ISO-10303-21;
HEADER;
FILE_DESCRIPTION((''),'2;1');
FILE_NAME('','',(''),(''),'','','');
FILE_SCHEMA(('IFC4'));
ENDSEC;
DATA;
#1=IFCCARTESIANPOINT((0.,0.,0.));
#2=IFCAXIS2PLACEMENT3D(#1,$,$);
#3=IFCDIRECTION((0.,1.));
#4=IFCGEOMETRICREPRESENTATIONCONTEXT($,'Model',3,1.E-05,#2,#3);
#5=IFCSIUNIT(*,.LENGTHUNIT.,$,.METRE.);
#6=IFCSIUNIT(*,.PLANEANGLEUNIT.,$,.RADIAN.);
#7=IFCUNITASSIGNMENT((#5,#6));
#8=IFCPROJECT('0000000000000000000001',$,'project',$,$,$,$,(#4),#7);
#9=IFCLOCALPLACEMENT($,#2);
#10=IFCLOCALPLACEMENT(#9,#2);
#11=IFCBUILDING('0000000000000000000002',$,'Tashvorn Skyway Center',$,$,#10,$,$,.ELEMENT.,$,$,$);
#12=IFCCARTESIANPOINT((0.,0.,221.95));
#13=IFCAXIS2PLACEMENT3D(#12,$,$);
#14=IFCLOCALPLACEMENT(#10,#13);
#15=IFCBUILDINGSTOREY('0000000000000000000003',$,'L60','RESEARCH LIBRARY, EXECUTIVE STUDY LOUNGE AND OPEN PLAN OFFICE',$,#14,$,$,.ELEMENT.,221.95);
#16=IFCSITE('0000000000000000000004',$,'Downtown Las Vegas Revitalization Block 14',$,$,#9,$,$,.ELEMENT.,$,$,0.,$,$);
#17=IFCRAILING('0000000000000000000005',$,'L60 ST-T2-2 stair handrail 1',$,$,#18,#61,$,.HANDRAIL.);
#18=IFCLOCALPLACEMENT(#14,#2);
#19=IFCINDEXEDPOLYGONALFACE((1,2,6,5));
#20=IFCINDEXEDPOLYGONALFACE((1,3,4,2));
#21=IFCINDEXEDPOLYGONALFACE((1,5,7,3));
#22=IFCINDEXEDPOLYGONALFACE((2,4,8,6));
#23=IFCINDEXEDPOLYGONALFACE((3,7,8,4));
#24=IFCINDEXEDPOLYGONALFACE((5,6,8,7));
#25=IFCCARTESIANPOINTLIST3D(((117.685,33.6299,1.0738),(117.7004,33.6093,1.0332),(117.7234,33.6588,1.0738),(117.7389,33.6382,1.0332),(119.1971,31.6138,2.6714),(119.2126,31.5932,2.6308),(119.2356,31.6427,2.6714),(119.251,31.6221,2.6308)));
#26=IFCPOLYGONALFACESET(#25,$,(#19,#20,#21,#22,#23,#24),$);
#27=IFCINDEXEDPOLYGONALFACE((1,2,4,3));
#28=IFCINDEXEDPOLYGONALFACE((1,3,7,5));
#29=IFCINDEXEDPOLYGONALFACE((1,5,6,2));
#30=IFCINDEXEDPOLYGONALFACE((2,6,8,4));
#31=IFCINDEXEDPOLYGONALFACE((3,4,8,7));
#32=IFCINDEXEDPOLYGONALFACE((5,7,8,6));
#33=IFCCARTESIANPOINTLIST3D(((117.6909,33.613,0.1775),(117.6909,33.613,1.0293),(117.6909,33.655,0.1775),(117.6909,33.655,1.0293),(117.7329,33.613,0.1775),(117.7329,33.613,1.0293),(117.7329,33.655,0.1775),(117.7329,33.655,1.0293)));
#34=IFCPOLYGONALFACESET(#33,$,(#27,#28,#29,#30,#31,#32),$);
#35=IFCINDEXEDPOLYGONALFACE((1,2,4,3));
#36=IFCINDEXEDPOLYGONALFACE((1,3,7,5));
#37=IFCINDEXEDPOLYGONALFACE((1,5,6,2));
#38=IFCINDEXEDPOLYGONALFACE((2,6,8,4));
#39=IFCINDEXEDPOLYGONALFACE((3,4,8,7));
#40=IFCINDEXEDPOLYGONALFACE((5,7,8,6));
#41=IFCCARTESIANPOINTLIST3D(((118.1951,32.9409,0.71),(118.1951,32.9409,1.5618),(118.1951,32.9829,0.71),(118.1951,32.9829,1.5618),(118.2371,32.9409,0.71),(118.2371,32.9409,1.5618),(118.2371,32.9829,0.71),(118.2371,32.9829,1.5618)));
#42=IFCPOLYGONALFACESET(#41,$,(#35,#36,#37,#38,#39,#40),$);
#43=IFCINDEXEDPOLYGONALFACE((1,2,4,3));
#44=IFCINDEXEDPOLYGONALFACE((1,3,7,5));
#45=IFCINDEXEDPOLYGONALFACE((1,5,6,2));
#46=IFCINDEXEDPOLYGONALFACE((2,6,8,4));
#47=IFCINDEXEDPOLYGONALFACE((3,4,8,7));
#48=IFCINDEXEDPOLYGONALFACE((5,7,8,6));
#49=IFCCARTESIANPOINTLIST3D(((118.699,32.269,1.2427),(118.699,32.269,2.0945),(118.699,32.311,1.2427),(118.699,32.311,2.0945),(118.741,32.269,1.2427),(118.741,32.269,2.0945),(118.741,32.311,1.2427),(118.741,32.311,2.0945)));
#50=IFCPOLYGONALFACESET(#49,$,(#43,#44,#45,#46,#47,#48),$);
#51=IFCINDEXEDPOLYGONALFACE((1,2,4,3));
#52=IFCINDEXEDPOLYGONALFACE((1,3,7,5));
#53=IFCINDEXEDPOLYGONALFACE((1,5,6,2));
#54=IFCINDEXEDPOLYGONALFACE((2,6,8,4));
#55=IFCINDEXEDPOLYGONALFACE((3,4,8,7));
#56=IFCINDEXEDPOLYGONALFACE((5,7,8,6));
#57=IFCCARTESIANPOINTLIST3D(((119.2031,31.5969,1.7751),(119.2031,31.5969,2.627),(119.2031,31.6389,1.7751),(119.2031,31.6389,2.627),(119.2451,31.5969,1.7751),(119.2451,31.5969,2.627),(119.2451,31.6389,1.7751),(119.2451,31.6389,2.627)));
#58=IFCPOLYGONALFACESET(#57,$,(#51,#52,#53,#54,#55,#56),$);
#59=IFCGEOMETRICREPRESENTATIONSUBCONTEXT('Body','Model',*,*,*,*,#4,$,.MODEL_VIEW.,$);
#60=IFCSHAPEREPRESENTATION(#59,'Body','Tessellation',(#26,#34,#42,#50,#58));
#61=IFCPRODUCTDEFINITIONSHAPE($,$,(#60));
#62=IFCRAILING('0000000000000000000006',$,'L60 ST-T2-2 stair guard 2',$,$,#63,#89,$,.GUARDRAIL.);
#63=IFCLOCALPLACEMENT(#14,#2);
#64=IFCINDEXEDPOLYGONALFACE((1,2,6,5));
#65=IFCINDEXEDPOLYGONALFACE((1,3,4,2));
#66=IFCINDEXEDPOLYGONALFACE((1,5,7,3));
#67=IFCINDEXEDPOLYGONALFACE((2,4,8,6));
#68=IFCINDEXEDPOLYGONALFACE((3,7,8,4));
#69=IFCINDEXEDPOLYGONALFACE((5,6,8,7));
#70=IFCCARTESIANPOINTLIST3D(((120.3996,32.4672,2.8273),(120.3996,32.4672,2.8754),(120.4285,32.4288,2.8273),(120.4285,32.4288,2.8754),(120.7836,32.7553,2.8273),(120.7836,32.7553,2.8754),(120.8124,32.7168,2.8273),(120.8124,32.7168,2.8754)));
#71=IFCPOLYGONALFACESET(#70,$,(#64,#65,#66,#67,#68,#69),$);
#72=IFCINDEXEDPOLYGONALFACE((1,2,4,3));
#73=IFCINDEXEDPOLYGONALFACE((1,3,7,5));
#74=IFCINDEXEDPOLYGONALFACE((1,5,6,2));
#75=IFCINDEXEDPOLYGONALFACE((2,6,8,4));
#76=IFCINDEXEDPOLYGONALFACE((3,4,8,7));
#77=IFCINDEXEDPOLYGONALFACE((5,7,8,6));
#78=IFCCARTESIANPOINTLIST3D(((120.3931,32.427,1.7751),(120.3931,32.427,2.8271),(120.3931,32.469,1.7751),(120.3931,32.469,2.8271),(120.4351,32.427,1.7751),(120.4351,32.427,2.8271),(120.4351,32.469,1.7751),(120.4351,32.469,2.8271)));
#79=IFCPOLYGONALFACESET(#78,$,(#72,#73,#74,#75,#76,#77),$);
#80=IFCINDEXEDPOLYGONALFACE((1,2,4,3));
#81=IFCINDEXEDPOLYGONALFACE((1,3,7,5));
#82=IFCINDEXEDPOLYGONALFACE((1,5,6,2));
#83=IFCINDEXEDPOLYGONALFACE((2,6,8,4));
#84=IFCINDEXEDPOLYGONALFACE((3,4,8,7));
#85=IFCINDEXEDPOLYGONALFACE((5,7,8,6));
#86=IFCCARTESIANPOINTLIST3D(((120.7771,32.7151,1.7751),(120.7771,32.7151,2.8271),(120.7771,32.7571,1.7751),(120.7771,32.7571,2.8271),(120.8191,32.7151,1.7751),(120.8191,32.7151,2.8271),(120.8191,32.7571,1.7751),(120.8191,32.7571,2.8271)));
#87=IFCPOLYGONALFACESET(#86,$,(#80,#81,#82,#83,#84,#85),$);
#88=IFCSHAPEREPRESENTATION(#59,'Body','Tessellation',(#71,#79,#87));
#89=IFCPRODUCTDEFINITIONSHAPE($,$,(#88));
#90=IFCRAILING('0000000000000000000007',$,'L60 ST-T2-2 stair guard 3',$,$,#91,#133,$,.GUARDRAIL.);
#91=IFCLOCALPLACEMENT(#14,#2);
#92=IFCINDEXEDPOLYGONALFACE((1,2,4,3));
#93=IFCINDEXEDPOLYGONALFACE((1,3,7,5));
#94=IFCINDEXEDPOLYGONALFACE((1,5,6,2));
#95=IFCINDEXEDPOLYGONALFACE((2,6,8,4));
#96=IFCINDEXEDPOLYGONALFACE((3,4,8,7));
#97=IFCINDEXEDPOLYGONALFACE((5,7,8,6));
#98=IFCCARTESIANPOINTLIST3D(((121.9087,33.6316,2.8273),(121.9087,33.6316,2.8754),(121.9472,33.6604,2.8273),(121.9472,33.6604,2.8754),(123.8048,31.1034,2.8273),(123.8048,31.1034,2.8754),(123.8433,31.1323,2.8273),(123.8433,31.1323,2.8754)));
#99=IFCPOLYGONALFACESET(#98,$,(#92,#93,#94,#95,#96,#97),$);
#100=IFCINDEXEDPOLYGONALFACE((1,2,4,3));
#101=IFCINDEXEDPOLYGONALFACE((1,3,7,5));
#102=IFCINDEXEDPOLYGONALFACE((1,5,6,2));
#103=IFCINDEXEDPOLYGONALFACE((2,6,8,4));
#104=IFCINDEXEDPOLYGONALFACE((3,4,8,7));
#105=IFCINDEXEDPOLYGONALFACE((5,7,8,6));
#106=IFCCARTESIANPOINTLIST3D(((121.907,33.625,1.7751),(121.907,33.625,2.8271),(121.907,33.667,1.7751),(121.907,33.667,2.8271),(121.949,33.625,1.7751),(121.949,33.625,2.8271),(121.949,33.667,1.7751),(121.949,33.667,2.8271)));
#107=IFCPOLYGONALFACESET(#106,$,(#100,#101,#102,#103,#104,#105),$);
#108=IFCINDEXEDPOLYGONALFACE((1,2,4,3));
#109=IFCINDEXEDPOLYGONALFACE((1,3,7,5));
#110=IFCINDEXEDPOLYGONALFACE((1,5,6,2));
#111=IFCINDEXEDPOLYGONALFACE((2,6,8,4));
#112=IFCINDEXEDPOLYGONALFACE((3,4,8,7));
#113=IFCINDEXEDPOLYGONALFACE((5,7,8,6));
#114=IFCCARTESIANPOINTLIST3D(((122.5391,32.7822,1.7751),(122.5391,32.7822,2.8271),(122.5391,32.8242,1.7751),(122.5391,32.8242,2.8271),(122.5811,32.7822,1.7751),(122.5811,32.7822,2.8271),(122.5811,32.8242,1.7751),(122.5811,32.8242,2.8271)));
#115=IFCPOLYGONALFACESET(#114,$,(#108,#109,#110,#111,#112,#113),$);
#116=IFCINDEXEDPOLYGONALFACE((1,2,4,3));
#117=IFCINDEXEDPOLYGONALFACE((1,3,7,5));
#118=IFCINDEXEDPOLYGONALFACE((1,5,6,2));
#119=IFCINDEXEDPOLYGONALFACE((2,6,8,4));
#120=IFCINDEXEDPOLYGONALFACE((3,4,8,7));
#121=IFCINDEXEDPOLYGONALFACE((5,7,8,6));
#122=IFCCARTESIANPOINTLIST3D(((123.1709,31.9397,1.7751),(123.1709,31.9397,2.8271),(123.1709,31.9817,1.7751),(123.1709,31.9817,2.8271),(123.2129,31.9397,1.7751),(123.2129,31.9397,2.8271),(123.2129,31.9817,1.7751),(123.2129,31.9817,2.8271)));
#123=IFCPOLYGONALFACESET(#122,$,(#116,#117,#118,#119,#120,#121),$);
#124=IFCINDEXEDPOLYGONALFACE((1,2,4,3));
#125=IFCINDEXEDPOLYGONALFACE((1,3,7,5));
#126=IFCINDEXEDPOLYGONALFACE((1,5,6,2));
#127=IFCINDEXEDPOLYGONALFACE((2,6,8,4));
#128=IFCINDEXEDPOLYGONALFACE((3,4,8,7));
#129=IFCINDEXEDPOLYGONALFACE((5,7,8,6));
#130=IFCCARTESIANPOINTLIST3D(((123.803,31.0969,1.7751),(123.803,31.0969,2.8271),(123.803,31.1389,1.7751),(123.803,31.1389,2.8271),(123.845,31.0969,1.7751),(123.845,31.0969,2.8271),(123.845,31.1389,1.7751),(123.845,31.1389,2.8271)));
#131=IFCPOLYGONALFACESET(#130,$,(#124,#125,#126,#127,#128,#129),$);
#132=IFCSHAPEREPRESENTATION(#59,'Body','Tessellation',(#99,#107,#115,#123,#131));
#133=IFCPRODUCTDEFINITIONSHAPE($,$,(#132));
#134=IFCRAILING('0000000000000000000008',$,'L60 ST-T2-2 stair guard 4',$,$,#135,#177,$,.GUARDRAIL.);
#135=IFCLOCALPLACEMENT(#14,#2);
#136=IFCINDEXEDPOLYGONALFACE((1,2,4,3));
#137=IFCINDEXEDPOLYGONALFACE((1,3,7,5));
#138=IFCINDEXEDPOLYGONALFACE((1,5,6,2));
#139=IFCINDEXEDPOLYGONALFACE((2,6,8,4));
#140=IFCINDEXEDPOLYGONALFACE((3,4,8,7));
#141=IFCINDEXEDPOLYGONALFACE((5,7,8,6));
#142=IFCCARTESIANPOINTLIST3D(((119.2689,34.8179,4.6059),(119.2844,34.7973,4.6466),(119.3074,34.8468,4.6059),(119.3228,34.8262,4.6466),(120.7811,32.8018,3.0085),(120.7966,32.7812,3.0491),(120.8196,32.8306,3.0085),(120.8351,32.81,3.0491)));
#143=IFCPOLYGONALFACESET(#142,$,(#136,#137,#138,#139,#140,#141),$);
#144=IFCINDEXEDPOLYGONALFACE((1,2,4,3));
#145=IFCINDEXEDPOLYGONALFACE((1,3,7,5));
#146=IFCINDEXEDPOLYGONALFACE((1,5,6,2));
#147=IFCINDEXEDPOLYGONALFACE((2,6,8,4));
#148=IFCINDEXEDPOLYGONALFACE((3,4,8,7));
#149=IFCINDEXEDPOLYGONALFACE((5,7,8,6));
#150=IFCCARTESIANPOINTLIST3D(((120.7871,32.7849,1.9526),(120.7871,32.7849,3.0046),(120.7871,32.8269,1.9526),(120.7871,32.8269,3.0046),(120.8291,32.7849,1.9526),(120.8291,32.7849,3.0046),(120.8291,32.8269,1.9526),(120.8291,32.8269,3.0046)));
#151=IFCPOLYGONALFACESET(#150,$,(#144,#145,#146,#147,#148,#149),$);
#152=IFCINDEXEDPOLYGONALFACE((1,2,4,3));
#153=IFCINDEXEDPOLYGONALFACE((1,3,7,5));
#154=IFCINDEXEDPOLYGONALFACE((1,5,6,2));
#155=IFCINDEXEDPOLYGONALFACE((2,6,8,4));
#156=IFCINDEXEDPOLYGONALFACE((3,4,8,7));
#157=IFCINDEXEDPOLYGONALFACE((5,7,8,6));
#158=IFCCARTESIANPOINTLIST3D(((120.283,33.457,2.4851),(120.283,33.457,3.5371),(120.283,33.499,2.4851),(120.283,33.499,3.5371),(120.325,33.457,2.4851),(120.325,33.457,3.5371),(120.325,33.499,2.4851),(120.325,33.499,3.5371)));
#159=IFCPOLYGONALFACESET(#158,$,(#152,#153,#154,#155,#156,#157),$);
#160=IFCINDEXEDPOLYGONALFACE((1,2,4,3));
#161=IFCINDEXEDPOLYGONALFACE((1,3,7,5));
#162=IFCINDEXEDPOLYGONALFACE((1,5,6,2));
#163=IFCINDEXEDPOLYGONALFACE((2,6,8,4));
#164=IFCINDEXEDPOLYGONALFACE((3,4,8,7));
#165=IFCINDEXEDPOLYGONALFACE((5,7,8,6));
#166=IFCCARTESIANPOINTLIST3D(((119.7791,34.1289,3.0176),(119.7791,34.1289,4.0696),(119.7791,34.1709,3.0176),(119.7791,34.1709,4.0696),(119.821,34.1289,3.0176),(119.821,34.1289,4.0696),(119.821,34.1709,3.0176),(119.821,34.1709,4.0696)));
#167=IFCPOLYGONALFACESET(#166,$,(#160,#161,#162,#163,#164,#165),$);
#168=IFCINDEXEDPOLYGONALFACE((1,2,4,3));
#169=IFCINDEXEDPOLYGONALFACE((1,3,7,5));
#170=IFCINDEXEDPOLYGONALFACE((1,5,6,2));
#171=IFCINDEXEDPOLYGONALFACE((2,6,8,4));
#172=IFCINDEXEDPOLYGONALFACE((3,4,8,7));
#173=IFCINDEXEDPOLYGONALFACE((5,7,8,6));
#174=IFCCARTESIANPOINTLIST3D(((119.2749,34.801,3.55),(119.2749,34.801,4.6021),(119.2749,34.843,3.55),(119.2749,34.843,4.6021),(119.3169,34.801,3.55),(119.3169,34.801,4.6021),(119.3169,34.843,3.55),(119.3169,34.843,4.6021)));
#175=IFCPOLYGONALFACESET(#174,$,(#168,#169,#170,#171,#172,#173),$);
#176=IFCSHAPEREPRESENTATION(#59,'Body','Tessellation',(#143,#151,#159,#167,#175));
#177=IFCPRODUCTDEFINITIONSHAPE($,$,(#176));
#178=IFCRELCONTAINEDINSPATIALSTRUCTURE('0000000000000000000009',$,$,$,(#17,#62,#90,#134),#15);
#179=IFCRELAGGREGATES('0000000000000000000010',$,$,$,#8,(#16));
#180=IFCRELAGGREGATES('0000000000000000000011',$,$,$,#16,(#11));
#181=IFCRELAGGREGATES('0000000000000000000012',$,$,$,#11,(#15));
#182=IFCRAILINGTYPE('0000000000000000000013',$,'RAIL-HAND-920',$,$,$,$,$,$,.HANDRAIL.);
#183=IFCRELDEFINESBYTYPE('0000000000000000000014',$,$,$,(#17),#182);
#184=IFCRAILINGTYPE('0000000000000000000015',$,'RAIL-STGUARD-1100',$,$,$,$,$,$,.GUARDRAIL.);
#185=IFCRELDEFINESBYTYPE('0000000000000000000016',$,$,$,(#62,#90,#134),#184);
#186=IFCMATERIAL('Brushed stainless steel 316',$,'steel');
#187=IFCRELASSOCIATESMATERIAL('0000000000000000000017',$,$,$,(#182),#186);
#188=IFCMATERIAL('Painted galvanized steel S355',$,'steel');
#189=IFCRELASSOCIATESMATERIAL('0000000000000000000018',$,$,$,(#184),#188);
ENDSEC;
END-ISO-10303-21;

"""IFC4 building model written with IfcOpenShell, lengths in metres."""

from ifc_helpers import new_model, si_unit, direction, frame, origin, origin_2d, place, context, subcontext, project, spatial, rectangle, extrude, material, type_object, element, save


model = new_model("IFC4")

# Units and contexts
model_context = context("Model", 3, precision=1e-05, world=origin(), true_north=direction((0.0, 1.0)))
body_context = subcontext(model_context, "Body", "Model", "MODEL_VIEW")
ifc_project = project(units=[si_unit("LENGTHUNIT", "METRE"), si_unit("PLANEANGLEUNIT", "RADIAN")], contexts=[model_context])

# Site, building, storey
site_placement = place(None, origin())
site = spatial("IfcSite", under=ifc_project, at=site_placement, Name="Downtown Las Vegas Revitalization Block 14", CompositionType="ELEMENT", RefElevation=0.0)
building_placement = place(site_placement, origin())
building = spatial("IfcBuilding", under=site, at=building_placement, Name="Tashvorn Skyway Center", CompositionType="ELEMENT")
storey_placement = place(building_placement, frame((0.0, 0.0, 221.95)))
storey = spatial("IfcBuildingStorey", under=building, at=storey_placement, Name="L60", Description="RESEARCH LIBRARY, EXECUTIVE STUDY LOUNGE AND OPEN PLAN OFFICE", CompositionType="ELEMENT", Elevation=221.95)

# Railings
ifc_material_1 = material(Name="Brushed stainless steel 316", Category="steel")
railing_type_1 = type_object("IfcRailingType", Name="RAIL-HAND-920", PredefinedType="HANDRAIL", material=ifc_material_1)
railing_1_placement = place(storey_placement, frame((117.7119, 33.634, 0.1775)))
element("IfcRailing", 1, at=railing_1_placement, inside=storey, type_object=railing_type_1, Name="L60 ST-T2-2 stair handrail 1", PredefinedType="HANDRAIL", context=body_context, shape_type="SweptSolid", body=[
    extrude(rectangle(XDim=0.0481, YDim=0.0481, at=origin_2d()), frame((0.0, 0.0, 0.876), z_axis=(0.506779, -0.675651, 0.535416), x_axis=(0.799977, 0.600031, 0.0)), (0.0, 0.0, 1.0), 2.9839),
    extrude(rectangle(XDim=0.042, YDim=0.042, at=origin_2d()), origin(), (0.0, 0.0, 1.0), 0.8518),
    extrude(rectangle(XDim=0.042, YDim=0.042, at=origin_2d()), frame((0.5042, -0.6721, 0.5325)), (0.0, 0.0, 1.0), 0.8518),
    extrude(rectangle(XDim=0.042, YDim=0.042, at=origin_2d()), frame((1.0081, -1.344, 1.0652)), (0.0, 0.0, 1.0), 0.8518),
    extrude(rectangle(XDim=0.042, YDim=0.042, at=origin_2d()), frame((1.5122, -2.0161, 1.5977)), (0.0, 0.0, 1.0), 0.8518),
])
ifc_material_2 = material(Name="Painted galvanized steel S355", Category="steel")
railing_type_2 = type_object("IfcRailingType", Name="RAIL-STGUARD-1100", PredefinedType="GUARDRAIL", material=ifc_material_2)
railing_2_placement = place(storey_placement, frame((120.4141, 32.448, 1.7751)))
element("IfcRailing", 2, at=railing_2_placement, inside=storey, type_object=railing_type_2, Name="L60 ST-T2-2 stair guard 2", PredefinedType="GUARDRAIL", context=body_context, shape_type="SweptSolid", body=[
    extrude(rectangle(XDim=0.0481, YDim=0.0481, at=origin_2d()), frame((0.0, 0.0, 1.0762), z_axis=(0.799939, 0.600081, 0.0), x_axis=(-0.600081, 0.799939, 0.0)), (0.0, 0.0, 1.0), 0.48),
    extrude(rectangle(XDim=0.042, YDim=0.042, at=origin_2d()), origin(), (0.0, 0.0, 1.0), 1.052),
    extrude(rectangle(XDim=0.042, YDim=0.042, at=origin_2d()), frame((0.384, 0.2881, 0.0)), (0.0, 0.0, 1.0), 1.052),
])
railing_3_placement = place(storey_placement, frame((121.928, 33.646, 1.7751)))
element("IfcRailing", 3, at=railing_3_placement, inside=storey, type_object=railing_type_2, Name="L60 ST-T2-2 stair guard 3", PredefinedType="GUARDRAIL", context=body_context, shape_type="SweptSolid", body=[
    extrude(rectangle(XDim=0.0481, YDim=0.0481, at=origin_2d()), frame((0.0, 0.0, 1.0762), z_axis=(0.599988, -0.800009, 0.0), x_axis=(0.800009, 0.599988, 0.0)), (0.0, 0.0, 1.0), 3.1602),
    extrude(rectangle(XDim=0.042, YDim=0.042, at=origin_2d()), origin(), (0.0, 0.0, 1.0), 1.052),
    extrude(rectangle(XDim=0.042, YDim=0.042, at=origin_2d()), frame((0.6321, -0.8428, 0.0)), (0.0, 0.0, 1.0), 1.052),
    extrude(rectangle(XDim=0.042, YDim=0.042, at=origin_2d()), frame((1.2639, -1.6853, 0.0)), (0.0, 0.0, 1.0), 1.052),
    extrude(rectangle(XDim=0.042, YDim=0.042, at=origin_2d()), frame((1.896, -2.5281, 0.0)), (0.0, 0.0, 1.0), 1.052),
])
railing_4_placement = place(storey_placement, frame((120.8081, 32.8059, 1.9526)))
element("IfcRailing", 4, at=railing_4_placement, inside=storey, type_object=railing_type_2, Name="L60 ST-T2-2 stair guard 4", PredefinedType="GUARDRAIL", context=body_context, shape_type="SweptSolid", body=[
    extrude(rectangle(XDim=0.0481, YDim=0.0481, at=origin_2d()), frame((0.0, 0.0, 1.0762), z_axis=(-0.506802, 0.675681, 0.535357), x_axis=(-0.799977, -0.600031, 0.0)), (0.0, 0.0, 1.0), 2.9839),
    extrude(rectangle(XDim=0.042, YDim=0.042, at=origin_2d()), origin(), (0.0, 0.0, 1.0), 1.052),
    extrude(rectangle(XDim=0.042, YDim=0.042, at=origin_2d()), frame((-0.5042, 0.6721, 0.5325)), (0.0, 0.0, 1.0), 1.052),
    extrude(rectangle(XDim=0.042, YDim=0.042, at=origin_2d()), frame((-1.0081, 1.344, 1.0649)), (0.0, 0.0, 1.0), 1.052),
    extrude(rectangle(XDim=0.042, YDim=0.042, at=origin_2d()), frame((-1.5122, 2.0161, 1.5974)), (0.0, 0.0, 1.0), 1.052),
])

save(model, "model.ifc")
